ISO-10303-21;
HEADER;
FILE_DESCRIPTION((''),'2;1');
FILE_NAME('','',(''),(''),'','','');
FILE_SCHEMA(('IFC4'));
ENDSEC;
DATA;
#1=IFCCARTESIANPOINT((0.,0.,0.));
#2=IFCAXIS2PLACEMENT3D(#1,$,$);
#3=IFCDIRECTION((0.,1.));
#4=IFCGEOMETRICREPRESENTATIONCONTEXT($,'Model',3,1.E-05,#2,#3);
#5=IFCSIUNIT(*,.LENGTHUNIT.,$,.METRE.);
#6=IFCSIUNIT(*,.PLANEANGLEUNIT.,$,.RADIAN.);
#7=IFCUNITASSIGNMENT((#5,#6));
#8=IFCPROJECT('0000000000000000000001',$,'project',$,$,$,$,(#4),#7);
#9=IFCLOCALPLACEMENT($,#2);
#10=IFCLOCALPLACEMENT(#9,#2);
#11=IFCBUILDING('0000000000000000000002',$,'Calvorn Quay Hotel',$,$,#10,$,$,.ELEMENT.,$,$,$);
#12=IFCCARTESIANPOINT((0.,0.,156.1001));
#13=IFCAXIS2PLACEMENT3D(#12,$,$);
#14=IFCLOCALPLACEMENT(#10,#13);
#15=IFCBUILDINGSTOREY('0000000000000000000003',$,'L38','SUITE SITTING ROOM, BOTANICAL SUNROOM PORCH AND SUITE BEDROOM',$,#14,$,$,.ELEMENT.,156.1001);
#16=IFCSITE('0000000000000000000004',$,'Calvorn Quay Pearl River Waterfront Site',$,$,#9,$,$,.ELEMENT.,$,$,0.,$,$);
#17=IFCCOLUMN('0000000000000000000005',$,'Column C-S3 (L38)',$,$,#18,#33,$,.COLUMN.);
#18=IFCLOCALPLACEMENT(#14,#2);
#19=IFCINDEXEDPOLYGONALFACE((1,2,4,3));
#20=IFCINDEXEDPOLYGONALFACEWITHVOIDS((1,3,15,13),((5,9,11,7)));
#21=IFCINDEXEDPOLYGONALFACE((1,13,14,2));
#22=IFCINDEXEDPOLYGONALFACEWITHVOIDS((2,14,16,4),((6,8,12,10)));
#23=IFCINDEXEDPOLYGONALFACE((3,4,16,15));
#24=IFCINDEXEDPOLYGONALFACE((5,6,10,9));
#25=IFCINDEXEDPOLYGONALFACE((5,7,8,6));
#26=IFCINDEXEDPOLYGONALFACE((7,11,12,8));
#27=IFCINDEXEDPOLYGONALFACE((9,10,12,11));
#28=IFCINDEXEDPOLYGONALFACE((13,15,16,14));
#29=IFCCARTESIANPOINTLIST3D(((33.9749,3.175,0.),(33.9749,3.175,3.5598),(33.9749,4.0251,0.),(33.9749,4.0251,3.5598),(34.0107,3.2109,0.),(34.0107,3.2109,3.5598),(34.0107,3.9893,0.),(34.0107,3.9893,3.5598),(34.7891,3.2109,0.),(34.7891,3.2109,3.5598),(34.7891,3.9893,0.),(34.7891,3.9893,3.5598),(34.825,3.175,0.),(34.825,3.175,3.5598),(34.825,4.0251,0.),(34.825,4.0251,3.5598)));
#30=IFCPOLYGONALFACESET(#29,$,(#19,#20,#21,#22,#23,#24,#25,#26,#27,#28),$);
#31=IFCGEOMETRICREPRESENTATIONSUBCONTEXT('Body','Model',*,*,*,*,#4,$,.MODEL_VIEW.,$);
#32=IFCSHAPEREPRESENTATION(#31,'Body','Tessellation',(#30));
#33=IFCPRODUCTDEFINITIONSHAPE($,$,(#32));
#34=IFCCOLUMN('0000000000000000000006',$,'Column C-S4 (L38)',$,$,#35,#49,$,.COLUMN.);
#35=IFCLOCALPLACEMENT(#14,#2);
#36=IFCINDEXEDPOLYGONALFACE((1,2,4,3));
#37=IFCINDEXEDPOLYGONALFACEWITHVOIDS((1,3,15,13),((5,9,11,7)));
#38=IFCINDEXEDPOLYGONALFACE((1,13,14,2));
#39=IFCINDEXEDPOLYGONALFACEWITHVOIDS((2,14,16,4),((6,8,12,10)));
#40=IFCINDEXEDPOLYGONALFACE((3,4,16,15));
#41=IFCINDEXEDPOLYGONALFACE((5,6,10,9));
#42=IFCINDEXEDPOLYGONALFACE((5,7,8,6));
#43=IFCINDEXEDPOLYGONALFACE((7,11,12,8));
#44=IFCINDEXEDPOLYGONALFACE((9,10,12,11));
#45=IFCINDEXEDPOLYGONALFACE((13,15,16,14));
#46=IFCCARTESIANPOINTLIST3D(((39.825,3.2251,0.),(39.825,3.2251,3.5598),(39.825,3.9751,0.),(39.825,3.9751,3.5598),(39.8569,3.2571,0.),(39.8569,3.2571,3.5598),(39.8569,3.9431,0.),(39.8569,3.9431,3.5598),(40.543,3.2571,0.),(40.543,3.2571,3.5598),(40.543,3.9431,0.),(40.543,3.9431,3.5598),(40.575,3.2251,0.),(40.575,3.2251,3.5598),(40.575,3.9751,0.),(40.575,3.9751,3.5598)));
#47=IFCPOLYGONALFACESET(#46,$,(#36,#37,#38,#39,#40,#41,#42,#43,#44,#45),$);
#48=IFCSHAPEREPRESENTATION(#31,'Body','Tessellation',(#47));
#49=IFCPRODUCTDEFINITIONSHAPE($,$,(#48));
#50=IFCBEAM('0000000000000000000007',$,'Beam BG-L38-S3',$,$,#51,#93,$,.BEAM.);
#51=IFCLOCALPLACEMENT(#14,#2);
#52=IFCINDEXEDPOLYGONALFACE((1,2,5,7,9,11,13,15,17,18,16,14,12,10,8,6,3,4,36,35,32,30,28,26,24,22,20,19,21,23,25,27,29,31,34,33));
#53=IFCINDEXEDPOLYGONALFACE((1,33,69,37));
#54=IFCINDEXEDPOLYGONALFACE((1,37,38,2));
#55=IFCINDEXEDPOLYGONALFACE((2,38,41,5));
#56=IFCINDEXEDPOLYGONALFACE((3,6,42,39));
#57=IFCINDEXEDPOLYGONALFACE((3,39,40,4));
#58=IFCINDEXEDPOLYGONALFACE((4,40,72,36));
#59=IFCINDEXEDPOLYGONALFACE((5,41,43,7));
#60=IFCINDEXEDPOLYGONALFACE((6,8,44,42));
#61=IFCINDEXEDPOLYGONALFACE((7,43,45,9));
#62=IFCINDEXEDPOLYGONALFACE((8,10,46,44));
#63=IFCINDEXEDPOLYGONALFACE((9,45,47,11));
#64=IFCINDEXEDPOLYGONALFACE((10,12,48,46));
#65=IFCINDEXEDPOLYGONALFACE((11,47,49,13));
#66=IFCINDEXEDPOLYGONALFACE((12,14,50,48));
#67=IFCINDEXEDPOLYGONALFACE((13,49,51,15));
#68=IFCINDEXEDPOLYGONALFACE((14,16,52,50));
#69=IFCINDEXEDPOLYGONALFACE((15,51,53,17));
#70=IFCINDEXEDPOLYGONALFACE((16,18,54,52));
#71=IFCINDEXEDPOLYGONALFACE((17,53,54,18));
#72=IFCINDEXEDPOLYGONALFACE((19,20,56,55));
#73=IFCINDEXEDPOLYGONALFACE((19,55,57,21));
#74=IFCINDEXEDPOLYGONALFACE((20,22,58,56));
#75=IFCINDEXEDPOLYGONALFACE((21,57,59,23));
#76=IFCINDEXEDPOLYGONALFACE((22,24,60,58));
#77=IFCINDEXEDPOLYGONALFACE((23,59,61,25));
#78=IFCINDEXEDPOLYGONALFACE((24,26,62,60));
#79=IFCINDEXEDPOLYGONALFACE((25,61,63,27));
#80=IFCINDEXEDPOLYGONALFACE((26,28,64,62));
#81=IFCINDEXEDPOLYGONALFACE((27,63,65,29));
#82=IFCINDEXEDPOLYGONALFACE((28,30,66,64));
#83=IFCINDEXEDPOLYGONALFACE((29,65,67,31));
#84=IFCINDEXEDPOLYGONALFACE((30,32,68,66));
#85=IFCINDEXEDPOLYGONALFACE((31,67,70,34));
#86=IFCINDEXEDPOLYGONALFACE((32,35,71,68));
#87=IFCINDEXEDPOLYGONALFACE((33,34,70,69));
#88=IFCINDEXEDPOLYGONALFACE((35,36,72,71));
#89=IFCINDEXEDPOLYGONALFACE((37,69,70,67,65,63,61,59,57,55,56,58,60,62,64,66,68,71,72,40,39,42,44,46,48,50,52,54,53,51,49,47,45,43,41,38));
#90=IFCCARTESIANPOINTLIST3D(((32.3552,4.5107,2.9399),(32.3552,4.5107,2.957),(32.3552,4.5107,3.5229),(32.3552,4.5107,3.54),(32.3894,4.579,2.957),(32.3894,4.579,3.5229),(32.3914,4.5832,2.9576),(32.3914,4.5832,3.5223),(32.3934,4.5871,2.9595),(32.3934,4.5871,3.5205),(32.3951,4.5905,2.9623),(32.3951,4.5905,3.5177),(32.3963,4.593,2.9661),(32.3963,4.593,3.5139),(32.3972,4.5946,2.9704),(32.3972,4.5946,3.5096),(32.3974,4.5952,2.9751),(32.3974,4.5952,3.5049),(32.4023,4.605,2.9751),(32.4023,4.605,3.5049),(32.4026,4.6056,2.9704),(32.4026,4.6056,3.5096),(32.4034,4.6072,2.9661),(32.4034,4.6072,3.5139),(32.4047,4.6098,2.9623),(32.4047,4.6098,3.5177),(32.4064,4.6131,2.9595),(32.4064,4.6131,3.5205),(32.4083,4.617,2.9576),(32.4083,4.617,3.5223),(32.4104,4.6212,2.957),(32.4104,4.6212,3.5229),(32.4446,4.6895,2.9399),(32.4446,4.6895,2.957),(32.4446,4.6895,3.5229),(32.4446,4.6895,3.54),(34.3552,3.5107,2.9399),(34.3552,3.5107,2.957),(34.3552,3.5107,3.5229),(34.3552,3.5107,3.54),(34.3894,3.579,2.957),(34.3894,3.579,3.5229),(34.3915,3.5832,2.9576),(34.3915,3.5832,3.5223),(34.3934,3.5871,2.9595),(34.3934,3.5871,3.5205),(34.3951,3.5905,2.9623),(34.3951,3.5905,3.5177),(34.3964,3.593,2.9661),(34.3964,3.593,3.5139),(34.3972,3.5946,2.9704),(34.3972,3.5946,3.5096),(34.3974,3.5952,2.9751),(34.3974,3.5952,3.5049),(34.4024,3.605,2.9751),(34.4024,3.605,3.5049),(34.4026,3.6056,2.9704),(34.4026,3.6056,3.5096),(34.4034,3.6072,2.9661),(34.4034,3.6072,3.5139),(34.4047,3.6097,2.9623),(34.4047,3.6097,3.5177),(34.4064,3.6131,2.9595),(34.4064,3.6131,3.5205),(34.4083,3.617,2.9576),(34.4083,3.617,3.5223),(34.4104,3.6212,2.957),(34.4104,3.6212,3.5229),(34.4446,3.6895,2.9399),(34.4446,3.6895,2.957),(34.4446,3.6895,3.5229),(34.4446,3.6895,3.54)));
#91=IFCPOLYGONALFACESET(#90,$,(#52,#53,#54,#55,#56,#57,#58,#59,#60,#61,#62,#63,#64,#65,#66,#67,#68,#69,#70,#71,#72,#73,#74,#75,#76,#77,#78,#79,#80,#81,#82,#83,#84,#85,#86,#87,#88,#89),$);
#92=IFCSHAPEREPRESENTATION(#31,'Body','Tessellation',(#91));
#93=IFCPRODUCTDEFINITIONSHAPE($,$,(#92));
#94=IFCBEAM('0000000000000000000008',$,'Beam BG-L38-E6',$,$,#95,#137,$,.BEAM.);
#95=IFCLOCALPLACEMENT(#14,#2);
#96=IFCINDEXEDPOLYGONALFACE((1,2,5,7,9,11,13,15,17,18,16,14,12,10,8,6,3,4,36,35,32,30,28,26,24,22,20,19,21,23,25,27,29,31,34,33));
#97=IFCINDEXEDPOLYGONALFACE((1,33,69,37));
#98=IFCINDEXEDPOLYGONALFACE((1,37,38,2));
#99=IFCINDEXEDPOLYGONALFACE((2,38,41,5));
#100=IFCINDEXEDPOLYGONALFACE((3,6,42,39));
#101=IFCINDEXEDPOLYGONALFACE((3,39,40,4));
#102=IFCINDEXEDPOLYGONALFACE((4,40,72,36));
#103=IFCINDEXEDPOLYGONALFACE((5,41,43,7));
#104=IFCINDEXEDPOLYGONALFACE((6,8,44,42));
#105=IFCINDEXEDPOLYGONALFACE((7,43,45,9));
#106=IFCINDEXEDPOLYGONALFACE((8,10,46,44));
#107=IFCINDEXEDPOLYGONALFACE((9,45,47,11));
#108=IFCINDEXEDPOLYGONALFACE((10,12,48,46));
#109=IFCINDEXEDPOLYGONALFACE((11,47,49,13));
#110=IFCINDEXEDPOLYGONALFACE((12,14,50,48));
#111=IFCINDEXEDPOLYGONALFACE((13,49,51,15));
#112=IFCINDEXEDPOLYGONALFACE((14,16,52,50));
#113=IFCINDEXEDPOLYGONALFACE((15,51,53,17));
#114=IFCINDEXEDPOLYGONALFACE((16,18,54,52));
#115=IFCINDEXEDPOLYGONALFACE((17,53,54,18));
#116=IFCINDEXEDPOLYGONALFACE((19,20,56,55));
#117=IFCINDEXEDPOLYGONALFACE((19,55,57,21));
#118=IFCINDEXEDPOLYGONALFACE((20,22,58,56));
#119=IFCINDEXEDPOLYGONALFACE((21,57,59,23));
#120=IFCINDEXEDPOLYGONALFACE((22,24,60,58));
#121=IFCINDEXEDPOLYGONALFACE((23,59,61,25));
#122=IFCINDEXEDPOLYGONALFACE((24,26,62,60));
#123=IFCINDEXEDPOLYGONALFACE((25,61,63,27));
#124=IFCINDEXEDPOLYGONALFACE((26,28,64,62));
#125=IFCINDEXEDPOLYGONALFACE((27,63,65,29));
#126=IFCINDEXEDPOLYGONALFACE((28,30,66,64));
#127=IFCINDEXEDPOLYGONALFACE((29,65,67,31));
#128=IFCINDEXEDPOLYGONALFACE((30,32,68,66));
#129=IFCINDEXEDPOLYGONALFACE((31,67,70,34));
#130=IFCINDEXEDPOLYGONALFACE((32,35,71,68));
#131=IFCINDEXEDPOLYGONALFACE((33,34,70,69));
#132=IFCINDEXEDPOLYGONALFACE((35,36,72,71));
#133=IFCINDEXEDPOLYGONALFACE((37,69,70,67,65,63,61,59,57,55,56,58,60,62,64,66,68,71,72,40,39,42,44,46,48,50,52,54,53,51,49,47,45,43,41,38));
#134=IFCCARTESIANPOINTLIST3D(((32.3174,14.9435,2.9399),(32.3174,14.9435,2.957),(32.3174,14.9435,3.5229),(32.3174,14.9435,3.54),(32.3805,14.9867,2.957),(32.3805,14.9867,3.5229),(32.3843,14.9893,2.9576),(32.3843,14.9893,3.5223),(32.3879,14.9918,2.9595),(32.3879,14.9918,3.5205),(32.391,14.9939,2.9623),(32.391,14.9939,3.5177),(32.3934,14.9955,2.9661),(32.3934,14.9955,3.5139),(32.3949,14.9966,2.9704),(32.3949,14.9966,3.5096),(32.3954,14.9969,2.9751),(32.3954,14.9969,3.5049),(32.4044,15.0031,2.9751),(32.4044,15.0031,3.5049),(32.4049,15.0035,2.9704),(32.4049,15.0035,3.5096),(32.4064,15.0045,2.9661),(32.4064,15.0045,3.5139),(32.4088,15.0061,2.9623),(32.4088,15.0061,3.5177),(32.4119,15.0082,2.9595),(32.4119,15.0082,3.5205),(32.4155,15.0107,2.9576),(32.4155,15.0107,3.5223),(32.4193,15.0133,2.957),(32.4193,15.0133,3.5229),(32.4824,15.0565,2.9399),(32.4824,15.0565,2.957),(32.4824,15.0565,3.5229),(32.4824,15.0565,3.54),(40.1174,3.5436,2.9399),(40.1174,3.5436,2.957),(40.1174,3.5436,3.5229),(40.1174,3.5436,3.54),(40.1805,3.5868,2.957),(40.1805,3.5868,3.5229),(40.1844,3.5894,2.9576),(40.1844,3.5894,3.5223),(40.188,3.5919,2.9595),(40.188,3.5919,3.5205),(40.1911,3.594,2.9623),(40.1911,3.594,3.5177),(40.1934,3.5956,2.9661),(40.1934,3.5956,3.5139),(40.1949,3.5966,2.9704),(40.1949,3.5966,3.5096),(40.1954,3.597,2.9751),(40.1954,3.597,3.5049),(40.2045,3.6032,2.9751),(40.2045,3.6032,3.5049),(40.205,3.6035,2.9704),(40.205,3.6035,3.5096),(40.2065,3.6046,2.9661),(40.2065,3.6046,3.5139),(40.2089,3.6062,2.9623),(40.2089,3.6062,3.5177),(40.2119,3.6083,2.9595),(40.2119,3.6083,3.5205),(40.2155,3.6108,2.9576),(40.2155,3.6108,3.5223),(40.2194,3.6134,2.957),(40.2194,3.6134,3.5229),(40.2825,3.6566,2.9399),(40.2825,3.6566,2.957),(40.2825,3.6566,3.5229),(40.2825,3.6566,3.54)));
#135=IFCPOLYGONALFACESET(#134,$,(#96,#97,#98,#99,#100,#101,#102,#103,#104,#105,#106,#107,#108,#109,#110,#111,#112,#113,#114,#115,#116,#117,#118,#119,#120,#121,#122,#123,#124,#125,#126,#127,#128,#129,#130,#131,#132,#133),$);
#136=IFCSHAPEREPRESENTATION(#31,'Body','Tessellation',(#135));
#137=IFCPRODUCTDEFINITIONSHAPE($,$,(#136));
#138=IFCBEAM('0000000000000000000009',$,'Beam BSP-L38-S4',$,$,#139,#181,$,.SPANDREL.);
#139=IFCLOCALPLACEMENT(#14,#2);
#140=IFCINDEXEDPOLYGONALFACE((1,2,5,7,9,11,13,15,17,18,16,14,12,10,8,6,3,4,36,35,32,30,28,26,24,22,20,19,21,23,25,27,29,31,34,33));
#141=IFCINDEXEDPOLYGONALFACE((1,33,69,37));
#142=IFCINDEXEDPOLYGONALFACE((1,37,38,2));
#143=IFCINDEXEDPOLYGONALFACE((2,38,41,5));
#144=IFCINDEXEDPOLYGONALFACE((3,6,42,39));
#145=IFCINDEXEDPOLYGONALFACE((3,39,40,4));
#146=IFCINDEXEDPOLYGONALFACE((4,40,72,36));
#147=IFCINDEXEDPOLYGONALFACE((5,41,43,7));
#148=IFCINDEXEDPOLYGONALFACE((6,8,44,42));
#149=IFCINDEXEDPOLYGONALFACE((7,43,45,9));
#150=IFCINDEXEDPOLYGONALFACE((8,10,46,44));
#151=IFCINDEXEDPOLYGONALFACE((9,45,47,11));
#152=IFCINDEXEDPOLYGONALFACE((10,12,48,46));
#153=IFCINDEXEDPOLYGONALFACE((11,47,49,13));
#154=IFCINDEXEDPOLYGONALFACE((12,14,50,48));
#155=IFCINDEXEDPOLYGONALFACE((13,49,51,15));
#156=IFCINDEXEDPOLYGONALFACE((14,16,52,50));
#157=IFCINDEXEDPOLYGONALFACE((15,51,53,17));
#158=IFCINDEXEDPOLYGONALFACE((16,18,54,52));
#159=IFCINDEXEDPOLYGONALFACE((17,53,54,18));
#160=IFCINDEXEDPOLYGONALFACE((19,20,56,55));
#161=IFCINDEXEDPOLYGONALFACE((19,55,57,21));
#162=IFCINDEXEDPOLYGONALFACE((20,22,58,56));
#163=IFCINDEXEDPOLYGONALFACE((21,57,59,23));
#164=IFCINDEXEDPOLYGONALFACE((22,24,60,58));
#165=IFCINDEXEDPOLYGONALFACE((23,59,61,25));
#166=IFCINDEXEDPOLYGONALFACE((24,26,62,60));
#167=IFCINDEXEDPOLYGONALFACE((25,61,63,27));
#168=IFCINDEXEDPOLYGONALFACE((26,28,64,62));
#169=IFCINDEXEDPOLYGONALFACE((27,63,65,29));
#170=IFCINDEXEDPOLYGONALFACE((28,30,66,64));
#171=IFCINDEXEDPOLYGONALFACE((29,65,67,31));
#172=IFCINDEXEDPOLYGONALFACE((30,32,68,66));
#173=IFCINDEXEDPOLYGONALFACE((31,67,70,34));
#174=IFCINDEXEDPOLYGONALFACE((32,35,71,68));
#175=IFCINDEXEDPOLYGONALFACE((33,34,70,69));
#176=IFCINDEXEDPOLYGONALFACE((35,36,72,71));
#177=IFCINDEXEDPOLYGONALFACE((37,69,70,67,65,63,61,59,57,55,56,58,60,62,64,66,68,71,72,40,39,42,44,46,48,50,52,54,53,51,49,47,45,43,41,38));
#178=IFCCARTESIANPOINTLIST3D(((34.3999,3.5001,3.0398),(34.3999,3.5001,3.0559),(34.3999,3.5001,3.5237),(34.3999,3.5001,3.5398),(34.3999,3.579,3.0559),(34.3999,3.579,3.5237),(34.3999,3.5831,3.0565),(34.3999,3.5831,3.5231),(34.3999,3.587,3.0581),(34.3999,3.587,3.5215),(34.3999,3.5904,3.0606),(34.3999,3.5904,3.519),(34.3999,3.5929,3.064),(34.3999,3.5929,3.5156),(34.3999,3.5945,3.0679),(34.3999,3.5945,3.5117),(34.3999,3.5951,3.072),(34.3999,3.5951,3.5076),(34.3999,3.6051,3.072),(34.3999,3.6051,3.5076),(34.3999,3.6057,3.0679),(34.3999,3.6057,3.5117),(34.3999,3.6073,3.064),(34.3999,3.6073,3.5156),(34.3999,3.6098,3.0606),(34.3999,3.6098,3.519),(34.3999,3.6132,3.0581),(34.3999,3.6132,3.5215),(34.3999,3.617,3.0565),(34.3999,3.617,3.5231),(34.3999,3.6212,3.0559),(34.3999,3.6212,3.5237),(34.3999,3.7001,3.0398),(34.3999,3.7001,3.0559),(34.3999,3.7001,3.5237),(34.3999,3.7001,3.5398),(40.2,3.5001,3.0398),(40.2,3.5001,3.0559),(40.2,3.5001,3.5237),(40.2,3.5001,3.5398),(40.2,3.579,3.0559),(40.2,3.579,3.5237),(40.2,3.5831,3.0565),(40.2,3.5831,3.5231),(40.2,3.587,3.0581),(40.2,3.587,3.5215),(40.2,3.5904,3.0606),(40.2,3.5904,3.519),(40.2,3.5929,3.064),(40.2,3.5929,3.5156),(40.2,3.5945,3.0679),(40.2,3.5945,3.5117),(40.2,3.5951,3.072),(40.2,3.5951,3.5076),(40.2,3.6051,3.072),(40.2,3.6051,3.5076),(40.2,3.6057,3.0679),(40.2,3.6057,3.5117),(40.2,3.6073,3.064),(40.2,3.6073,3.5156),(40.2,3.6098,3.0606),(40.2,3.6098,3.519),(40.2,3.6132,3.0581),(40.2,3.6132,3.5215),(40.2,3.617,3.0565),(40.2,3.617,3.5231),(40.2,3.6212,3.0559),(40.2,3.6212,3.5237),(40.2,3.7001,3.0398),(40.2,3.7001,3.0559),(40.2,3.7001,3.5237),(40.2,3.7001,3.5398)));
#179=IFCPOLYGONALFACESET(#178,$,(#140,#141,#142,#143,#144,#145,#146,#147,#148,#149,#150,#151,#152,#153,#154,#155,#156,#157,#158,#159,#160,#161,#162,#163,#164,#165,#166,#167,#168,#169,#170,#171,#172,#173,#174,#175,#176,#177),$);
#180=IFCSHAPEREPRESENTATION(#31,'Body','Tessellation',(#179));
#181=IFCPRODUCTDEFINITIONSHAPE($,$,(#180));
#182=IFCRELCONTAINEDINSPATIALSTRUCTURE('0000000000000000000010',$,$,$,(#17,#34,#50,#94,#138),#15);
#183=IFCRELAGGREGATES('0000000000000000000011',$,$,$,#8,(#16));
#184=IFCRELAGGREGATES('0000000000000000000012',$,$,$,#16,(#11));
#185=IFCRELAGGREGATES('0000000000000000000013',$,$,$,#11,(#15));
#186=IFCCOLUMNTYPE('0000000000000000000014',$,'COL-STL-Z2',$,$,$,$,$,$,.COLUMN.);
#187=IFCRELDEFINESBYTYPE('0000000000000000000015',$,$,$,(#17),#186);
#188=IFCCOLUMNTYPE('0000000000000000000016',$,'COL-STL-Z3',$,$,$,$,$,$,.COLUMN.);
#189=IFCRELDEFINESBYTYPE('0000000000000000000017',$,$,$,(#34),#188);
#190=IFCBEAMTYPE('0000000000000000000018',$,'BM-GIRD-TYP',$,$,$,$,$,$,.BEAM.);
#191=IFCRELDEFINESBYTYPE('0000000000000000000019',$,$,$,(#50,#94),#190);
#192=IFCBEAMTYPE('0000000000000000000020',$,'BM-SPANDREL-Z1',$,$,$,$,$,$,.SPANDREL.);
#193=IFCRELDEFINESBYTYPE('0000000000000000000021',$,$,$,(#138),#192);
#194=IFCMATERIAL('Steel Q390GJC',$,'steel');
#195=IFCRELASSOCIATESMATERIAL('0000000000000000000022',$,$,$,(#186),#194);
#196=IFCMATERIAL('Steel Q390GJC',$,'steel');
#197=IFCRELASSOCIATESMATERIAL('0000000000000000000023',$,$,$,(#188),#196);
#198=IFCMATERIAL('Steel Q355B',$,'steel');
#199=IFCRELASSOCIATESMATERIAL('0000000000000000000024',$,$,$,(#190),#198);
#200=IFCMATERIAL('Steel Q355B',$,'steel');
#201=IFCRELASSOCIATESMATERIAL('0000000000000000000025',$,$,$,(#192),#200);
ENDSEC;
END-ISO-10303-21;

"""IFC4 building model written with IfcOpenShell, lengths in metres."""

from ifc_helpers import new_model, si_unit, direction, frame, origin, origin_2d, place, context, subcontext, project, spatial, hollow_rectangle, i_section, extrude, material, material_profile, profile_set, type_object, element, save


model = new_model("IFC4")

# Units and contexts
model_context = context("Model", 3, precision=1e-05, world=origin(), true_north=direction((0.0, 1.0)))
body_context = subcontext(model_context, "Body", "Model", "MODEL_VIEW")
ifc_project = project(units=[si_unit("LENGTHUNIT", "METRE"), si_unit("PLANEANGLEUNIT", "RADIAN")], contexts=[model_context])

# Site, building, storey
site_placement = place(None, origin())
site = spatial("IfcSite", under=ifc_project, at=site_placement, Name="Calvorn Quay Pearl River Waterfront Site", CompositionType="ELEMENT", RefElevation=0.0)
building_placement = place(site_placement, origin())
building = spatial("IfcBuilding", under=site, at=building_placement, Name="Calvorn Quay Hotel", CompositionType="ELEMENT")
storey_placement = place(building_placement, frame((0.0, 0.0, 156.1001)))
storey = spatial("IfcBuildingStorey", under=building, at=storey_placement, Name="L38", Description="SUITE SITTING ROOM, BOTANICAL SUNROOM PORCH AND SUITE BEDROOM", CompositionType="ELEMENT", Elevation=156.1001)

# Columns
ifc_material_1 = material(Name="Steel Q390GJC", Category="steel")
ifc_material_profile_1 = material_profile(ifc_material_1, hollow_rectangle(XDim=0.8501, YDim=0.8501, WallThickness=0.0359, at=origin_2d()), Name="BOX850x850x36")
ifc_profile_set_1 = profile_set([ifc_material_profile_1], Name="Steel Q390GJC")
column_type_1 = type_object("IfcColumnType", Name="COL-STL-Z2", PredefinedType="COLUMN", material=ifc_profile_set_1)
column_1_placement = place(storey_placement, frame((34.3999, 3.6001, 0.0), z_axis=(0.0, 0.0, 1.0), x_axis=(1.0, 0.0, 0.0)))
element("IfcColumn", 1, at=column_1_placement, inside=storey, type_object=column_type_1, Name="Column C-S3 (L38)", PredefinedType="COLUMN", context=body_context, shape_type="SweptSolid", body=[
    extrude(hollow_rectangle(XDim=0.8501, YDim=0.8501, WallThickness=0.0359, at=origin_2d()), origin(), (0.0, 0.0, 1.0), 3.5598),
])
ifc_material_2 = material(Name="Steel Q390GJC", Category="steel")
ifc_material_profile_2 = material_profile(ifc_material_2, hollow_rectangle(XDim=0.75, YDim=0.75, WallThickness=0.032, at=origin_2d()), Name="BOX750x750x32")
ifc_profile_set_2 = profile_set([ifc_material_profile_2], Name="Steel Q390GJC")
column_type_2 = type_object("IfcColumnType", Name="COL-STL-Z3", PredefinedType="COLUMN", material=ifc_profile_set_2)
column_2_placement = place(storey_placement, frame((40.2, 3.6001, 0.0), z_axis=(0.0, 0.0, 1.0), x_axis=(1.0, 0.0, 0.0)))
element("IfcColumn", 2, at=column_2_placement, inside=storey, type_object=column_type_2, Name="Column C-S4 (L38)", PredefinedType="COLUMN", context=body_context, shape_type="SweptSolid", body=[
    extrude(hollow_rectangle(XDim=0.75, YDim=0.75, WallThickness=0.032, at=origin_2d()), origin(), (0.0, 0.0, 1.0), 3.5598),
])

# Beams
ifc_material_3 = material(Name="Steel Q355B", Category="steel")
ifc_material_profile_3 = material_profile(ifc_material_3, i_section(OverallWidth=0.2, OverallDepth=0.6001, WebThickness=0.011, FlangeThickness=0.0171, FilletRadius=0.0181, at=origin_2d()), Name="HN600x200x11x17")
ifc_profile_set_3 = profile_set([ifc_material_profile_3], Name="Steel Q355B")
beam_type_1 = type_object("IfcBeamType", Name="BM-GIRD-TYP", PredefinedType="BEAM", material=ifc_profile_set_3)
beam_1_placement = place(storey_placement, frame((34.3999, 3.6001, 3.24), z_axis=(-0.894427, 0.447214, 0.0), x_axis=(-0.447214, -0.894427, 0.0)))
element("IfcBeam", 3, at=beam_1_placement, inside=storey, type_object=beam_type_1, Name="Beam BG-L38-S3", PredefinedType="BEAM", context=body_context, shape_type="SweptSolid", body=[
    extrude(i_section(OverallWidth=0.2, OverallDepth=0.6001, WebThickness=0.011, FlangeThickness=0.0171, FilletRadius=0.0181, at=origin_2d()), origin(), (0.0, 0.0, 1.0), 2.2361),
])
beam_2_placement = place(storey_placement, frame((40.2, 3.6001, 3.24), z_axis=(-0.56469, 0.825303, 0.0), x_axis=(-0.825303, -0.56469, 0.0)))
element("IfcBeam", 4, at=beam_2_placement, inside=storey, type_object=beam_type_1, Name="Beam BG-L38-E6", PredefinedType="BEAM", context=body_context, shape_type="SweptSolid", body=[
    extrude(i_section(OverallWidth=0.2, OverallDepth=0.6001, WebThickness=0.011, FlangeThickness=0.0171, FilletRadius=0.0181, at=origin_2d()), origin(), (0.0, 0.0, 1.0), 13.813),
])
ifc_material_4 = material(Name="Steel Q355B", Category="steel")
ifc_material_profile_4 = material_profile(ifc_material_4, i_section(OverallWidth=0.2, OverallDepth=0.5, WebThickness=0.01, FlangeThickness=0.0161, FilletRadius=0.0161, at=origin_2d()), Name="HN500x200x10x16")
ifc_profile_set_4 = profile_set([ifc_material_profile_4], Name="Steel Q355B")
beam_type_2 = type_object("IfcBeamType", Name="BM-SPANDREL-Z1", PredefinedType="SPANDREL", material=ifc_profile_set_4)
beam_3_placement = place(storey_placement, frame((34.3999, 3.6001, 3.2898), z_axis=(1.0, 0.0, 0.0), x_axis=(0.0, 1.0, 0.0)))
element("IfcBeam", 5, at=beam_3_placement, inside=storey, type_object=beam_type_2, Name="Beam BSP-L38-S4", PredefinedType="SPANDREL", context=body_context, shape_type="SweptSolid", body=[
    extrude(i_section(OverallWidth=0.2, OverallDepth=0.5, WebThickness=0.01, FlangeThickness=0.0161, FilletRadius=0.0161, at=origin_2d()), origin(), (0.0, 0.0, 1.0), 5.8),
])

save(model, "model.ifc")
